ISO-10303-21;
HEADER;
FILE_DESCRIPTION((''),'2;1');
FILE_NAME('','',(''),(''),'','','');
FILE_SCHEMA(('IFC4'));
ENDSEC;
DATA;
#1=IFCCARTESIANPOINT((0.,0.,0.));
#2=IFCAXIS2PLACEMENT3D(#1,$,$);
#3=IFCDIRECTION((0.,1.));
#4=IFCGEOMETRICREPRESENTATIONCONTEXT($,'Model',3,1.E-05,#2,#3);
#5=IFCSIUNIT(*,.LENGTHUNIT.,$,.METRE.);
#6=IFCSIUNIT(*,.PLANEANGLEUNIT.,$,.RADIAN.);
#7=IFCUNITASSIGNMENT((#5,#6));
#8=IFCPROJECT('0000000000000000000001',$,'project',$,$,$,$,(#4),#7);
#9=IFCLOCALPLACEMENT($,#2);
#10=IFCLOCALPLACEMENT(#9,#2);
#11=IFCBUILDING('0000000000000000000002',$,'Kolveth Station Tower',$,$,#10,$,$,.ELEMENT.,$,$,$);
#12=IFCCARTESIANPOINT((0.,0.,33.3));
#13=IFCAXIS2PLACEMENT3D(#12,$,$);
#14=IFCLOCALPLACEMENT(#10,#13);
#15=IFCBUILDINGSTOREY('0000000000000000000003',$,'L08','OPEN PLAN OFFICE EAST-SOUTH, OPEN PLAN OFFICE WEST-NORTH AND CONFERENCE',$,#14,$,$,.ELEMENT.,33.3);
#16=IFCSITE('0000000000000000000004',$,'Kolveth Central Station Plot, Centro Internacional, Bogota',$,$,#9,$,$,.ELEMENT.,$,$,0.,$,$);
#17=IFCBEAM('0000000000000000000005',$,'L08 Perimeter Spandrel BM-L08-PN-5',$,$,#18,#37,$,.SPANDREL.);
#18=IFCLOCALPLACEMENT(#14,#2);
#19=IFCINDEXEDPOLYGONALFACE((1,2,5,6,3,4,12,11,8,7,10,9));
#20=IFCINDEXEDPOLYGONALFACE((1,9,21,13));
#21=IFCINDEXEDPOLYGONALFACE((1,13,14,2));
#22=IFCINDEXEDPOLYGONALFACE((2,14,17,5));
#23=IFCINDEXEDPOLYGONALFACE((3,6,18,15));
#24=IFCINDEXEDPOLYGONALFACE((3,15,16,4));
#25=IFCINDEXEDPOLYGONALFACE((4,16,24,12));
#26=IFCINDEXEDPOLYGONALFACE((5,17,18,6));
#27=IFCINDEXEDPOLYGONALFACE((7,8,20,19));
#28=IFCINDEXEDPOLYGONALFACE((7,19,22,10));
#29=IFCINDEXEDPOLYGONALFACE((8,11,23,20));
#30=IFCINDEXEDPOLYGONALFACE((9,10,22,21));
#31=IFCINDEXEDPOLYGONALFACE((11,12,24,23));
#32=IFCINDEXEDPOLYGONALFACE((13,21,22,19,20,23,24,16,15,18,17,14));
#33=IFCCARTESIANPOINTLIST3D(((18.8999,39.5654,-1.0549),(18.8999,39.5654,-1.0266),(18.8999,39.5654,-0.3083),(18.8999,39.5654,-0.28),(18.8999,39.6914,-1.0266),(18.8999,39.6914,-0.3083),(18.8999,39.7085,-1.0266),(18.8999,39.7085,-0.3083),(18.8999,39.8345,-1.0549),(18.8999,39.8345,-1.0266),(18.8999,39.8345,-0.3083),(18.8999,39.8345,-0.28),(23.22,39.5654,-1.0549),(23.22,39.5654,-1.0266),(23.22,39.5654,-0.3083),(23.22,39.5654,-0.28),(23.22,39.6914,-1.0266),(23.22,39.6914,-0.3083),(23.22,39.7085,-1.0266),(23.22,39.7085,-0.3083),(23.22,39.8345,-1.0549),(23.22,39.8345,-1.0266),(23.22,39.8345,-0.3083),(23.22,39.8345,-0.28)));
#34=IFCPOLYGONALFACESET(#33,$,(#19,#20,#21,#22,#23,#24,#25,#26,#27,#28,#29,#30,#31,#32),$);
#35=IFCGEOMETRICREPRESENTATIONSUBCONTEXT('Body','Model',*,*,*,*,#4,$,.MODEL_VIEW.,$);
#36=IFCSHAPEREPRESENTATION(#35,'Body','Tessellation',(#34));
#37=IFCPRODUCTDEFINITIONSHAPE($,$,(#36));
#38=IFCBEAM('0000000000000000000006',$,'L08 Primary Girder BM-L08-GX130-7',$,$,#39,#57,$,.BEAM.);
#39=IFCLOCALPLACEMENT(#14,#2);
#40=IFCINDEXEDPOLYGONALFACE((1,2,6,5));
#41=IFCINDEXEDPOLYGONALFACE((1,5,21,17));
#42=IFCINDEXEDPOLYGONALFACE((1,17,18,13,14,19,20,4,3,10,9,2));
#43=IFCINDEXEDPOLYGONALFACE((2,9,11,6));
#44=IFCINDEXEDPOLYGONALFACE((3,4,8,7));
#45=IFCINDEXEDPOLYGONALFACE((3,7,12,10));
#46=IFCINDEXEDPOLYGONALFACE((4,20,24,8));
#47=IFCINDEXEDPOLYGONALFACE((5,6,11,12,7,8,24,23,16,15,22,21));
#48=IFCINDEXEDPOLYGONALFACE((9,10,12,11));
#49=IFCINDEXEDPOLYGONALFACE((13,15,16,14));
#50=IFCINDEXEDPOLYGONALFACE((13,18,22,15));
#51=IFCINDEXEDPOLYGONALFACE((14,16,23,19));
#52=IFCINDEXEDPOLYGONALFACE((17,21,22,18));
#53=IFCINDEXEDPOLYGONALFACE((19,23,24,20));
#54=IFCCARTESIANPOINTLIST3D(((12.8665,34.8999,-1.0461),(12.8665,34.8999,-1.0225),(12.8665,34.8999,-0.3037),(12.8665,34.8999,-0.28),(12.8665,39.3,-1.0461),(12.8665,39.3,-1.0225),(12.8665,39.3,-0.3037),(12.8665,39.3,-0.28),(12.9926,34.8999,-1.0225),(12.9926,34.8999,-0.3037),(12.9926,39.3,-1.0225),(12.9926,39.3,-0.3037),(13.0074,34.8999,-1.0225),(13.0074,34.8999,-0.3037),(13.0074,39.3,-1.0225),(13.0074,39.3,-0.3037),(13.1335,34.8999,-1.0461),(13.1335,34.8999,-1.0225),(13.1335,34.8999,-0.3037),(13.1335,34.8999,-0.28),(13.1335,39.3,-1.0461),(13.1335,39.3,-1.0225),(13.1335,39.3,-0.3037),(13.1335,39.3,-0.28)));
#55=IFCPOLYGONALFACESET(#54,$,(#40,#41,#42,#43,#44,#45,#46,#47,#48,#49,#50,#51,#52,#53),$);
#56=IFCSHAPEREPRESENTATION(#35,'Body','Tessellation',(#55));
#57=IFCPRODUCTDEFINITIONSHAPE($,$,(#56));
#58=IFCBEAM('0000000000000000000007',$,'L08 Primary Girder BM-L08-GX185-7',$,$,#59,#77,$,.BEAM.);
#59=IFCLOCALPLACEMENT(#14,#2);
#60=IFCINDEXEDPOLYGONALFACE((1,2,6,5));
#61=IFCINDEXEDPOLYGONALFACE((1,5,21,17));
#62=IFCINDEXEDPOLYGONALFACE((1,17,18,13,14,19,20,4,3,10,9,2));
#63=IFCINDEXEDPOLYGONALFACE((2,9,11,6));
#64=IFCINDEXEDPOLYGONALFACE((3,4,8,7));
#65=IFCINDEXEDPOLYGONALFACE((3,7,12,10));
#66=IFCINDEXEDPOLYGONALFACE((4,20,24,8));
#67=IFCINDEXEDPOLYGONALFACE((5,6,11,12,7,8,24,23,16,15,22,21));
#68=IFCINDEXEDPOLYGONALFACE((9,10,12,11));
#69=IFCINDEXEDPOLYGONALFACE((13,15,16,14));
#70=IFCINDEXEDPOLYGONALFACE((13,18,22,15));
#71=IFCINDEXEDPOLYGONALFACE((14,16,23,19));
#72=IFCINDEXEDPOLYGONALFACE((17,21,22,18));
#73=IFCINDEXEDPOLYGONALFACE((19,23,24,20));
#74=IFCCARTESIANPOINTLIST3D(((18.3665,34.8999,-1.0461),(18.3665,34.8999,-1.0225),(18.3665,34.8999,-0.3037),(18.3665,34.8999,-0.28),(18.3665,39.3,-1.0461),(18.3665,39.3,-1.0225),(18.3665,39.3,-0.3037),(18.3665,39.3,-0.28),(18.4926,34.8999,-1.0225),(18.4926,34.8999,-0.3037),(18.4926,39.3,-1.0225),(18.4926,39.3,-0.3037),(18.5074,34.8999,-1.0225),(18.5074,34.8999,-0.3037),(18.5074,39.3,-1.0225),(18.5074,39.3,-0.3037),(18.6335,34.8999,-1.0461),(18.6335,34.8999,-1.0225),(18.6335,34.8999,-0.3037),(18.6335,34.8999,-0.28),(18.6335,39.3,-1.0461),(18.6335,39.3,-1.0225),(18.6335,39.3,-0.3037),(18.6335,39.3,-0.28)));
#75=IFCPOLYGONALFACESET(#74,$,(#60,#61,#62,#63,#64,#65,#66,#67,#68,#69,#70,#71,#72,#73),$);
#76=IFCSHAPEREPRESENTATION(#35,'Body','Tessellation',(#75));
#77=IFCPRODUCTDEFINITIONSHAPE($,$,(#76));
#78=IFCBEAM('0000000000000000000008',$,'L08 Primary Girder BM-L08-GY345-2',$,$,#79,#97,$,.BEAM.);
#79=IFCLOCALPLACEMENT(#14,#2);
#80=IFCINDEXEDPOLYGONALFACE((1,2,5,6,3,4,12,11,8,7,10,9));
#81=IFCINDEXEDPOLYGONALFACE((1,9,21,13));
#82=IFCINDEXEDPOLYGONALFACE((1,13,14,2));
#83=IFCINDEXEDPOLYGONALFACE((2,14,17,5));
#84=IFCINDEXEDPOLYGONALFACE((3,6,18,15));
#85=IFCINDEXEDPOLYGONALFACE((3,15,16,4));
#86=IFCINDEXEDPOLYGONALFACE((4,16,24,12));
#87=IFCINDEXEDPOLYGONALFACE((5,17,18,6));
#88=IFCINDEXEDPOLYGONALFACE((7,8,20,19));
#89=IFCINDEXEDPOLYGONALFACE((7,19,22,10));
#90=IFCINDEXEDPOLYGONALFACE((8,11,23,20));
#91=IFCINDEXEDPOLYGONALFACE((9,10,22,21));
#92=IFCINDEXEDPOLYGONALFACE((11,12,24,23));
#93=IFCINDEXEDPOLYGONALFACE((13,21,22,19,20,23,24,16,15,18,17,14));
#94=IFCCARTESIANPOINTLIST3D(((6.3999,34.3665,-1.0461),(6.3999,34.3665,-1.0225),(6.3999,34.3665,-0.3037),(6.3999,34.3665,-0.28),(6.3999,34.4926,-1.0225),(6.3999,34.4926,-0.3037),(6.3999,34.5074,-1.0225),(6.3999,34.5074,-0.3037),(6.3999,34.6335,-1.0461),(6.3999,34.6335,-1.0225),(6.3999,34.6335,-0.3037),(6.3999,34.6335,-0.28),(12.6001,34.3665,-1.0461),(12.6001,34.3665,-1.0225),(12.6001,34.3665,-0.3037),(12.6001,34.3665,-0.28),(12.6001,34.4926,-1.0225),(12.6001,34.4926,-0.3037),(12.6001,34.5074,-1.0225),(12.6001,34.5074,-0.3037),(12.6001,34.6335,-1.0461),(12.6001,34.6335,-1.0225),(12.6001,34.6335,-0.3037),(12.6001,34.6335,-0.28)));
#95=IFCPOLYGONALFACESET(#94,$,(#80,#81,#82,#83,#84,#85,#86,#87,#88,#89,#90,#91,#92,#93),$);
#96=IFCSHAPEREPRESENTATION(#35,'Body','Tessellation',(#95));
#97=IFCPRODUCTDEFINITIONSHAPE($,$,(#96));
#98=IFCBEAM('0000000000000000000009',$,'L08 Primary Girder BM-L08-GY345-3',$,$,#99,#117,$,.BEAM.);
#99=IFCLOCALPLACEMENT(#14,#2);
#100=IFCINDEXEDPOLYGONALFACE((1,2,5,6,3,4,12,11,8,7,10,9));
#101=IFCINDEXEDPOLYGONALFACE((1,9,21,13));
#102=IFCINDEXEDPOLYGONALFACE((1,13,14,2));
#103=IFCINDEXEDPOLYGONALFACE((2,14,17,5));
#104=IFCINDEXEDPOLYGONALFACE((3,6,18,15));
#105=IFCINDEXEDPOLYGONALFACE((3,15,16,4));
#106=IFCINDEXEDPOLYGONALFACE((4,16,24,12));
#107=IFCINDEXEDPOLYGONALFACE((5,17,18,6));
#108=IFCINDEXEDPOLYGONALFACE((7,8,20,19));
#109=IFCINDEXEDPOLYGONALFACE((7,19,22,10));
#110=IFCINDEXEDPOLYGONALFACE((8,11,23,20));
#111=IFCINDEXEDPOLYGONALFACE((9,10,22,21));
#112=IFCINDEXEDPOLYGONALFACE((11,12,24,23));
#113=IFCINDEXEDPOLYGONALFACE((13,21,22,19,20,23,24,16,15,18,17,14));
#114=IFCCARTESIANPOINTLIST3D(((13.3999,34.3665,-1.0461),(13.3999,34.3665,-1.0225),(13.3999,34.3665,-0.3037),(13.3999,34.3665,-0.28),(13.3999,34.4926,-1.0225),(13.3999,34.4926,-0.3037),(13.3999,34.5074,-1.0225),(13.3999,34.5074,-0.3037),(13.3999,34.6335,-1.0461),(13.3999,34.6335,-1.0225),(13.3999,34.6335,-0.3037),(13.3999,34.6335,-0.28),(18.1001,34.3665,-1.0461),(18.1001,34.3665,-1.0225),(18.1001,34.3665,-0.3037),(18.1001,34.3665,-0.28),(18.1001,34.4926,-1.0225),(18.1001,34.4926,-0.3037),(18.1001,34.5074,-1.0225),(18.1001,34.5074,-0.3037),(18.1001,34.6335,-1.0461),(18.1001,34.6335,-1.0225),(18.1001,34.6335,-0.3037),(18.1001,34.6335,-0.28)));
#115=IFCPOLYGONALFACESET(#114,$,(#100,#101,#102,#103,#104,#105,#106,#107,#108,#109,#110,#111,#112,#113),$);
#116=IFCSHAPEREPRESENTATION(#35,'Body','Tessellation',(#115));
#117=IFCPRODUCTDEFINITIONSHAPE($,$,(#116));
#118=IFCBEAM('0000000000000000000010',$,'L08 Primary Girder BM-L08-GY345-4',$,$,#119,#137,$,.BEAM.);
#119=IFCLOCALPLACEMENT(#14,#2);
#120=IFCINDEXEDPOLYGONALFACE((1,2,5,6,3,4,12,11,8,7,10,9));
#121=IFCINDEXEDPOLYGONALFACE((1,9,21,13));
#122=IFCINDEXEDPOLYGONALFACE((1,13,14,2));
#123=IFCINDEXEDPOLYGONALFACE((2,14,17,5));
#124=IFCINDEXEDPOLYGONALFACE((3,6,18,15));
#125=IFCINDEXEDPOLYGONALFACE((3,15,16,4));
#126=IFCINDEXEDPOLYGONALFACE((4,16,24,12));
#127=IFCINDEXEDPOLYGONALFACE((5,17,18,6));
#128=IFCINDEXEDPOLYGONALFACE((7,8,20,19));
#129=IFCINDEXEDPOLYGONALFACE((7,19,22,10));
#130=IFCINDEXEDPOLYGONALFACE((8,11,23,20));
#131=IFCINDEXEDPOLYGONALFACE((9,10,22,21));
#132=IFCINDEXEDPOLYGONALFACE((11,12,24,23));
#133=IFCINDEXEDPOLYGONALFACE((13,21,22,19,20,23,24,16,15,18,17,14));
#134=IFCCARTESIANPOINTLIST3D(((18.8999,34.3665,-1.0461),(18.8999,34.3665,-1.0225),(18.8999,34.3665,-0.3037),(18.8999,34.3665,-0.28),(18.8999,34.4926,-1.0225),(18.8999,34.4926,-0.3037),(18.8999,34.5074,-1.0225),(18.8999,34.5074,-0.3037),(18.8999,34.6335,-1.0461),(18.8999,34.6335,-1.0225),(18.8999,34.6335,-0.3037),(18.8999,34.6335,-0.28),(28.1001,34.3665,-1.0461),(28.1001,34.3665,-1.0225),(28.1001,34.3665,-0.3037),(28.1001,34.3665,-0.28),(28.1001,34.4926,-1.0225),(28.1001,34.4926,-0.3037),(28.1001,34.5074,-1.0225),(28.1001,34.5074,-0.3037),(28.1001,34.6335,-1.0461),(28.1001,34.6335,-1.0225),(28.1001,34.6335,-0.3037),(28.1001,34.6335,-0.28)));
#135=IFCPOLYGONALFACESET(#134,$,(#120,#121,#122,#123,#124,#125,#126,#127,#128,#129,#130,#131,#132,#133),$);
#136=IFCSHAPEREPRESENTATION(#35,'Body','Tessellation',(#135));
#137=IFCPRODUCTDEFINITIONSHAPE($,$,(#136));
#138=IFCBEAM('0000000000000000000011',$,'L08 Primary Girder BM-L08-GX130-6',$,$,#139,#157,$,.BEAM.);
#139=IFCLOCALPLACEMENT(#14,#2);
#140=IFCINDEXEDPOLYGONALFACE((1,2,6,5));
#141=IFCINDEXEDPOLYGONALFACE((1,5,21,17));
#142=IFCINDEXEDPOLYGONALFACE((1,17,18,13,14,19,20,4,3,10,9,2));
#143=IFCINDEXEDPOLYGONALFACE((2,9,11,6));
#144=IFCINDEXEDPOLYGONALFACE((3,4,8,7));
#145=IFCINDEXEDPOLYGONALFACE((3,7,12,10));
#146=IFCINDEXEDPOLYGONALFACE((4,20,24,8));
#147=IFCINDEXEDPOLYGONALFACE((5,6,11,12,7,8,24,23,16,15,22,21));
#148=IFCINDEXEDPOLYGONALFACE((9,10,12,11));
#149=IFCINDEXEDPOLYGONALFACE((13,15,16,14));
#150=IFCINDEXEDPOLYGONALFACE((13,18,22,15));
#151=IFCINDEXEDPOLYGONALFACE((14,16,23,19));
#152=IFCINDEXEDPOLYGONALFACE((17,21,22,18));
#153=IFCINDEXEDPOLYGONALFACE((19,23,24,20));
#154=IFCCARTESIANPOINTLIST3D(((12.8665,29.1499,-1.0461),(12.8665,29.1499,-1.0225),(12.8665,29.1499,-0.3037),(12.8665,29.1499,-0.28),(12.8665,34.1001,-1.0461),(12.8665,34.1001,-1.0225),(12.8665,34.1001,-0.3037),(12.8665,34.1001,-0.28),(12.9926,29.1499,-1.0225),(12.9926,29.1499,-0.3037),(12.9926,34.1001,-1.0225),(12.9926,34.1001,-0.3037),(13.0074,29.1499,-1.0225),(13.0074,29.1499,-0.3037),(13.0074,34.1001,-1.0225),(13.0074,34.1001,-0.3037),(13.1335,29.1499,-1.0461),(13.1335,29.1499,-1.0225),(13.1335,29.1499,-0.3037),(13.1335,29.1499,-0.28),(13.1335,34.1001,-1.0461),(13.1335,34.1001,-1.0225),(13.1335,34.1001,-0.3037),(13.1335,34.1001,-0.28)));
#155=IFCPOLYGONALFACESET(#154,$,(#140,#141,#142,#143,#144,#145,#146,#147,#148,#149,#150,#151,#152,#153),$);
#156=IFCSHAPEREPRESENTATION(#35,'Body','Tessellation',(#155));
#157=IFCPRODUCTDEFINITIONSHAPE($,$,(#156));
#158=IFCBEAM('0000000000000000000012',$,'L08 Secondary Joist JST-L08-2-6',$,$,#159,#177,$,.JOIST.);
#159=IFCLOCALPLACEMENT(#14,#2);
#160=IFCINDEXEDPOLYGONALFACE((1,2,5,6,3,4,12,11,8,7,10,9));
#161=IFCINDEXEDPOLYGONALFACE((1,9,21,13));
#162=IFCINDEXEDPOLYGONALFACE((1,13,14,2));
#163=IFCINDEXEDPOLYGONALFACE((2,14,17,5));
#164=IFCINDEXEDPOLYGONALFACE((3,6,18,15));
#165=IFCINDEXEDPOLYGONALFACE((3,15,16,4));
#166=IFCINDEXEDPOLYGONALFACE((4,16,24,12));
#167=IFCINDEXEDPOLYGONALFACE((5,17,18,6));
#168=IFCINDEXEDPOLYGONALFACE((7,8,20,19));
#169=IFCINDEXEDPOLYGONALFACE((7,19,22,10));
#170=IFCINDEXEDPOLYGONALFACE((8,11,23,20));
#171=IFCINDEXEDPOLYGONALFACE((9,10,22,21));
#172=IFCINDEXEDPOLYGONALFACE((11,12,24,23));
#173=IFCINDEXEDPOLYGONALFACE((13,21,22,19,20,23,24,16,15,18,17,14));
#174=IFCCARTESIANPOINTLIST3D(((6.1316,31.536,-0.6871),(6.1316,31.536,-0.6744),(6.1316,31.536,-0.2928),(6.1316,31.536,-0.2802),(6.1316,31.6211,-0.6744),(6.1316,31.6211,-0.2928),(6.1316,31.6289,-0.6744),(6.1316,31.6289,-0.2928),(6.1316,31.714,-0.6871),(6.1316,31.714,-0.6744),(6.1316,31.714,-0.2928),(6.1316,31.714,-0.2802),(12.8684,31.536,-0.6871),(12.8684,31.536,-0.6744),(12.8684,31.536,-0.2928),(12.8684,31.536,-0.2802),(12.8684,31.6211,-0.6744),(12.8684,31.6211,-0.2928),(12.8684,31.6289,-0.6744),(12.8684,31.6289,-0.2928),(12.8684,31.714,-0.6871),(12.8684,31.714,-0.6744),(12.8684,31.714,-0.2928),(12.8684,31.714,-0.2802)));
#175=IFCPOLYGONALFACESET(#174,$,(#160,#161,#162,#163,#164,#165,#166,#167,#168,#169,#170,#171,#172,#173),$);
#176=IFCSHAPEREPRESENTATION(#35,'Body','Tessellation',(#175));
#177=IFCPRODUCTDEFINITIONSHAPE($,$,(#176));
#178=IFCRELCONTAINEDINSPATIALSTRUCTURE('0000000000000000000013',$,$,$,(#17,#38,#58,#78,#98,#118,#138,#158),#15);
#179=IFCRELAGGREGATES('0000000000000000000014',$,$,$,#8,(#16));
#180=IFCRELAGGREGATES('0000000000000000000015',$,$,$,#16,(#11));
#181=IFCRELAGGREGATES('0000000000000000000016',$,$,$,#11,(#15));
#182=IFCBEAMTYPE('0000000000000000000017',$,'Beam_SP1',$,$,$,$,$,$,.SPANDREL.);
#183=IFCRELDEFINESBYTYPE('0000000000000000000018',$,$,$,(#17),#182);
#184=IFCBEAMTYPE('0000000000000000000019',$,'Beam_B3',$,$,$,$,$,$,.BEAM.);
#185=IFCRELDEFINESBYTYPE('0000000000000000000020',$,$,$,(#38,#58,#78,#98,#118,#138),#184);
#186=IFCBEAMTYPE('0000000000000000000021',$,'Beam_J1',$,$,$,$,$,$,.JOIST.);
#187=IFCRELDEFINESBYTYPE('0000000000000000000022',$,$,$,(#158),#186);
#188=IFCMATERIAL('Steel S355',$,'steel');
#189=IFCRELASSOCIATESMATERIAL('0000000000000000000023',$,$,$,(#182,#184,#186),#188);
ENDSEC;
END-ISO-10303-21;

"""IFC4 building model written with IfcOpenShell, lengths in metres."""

from ifc_helpers import new_model, si_unit, direction, frame, origin, origin_2d, place, context, subcontext, project, spatial, i_section, extrude, source, transform, mapped, material, material_profile, profile_set, type_object, element, save


model = new_model("IFC4")

# Units and contexts
model_context = context("Model", 3, precision=1e-05, world=origin(), true_north=direction((0.0, 1.0)))
body_context = subcontext(model_context, "Body", "Model", "MODEL_VIEW")
ifc_project = project(units=[si_unit("LENGTHUNIT", "METRE"), si_unit("PLANEANGLEUNIT", "RADIAN")], contexts=[model_context])

# Site, building, storey
site_placement = place(None, origin())
site = spatial("IfcSite", under=ifc_project, at=site_placement, Name="Kolveth Central Station Plot, Centro Internacional, Bogota", CompositionType="ELEMENT", RefElevation=0.0)
building_placement = place(site_placement, origin())
building = spatial("IfcBuilding", under=site, at=building_placement, Name="Kolveth Station Tower", CompositionType="ELEMENT")
storey_placement = place(building_placement, frame((0.0, 0.0, 33.3)))
storey = spatial("IfcBuildingStorey", under=building, at=storey_placement, Name="L08", Description="OPEN PLAN OFFICE EAST-SOUTH, OPEN PLAN OFFICE WEST-NORTH AND CONFERENCE", CompositionType="ELEMENT", Elevation=33.3)

# Shared definitions
ifc_material_1 = material(Name="Steel S355", Category="steel")

# Beams
ifc_material_profile_1 = material_profile(ifc_material_1, i_section(OverallWidth=0.269, OverallDepth=0.7749, WebThickness=0.0171, FlangeThickness=0.0283, at=origin_2d()), Name="W760x220")
ifc_profile_set_1 = profile_set([ifc_material_profile_1], Name="Steel S355")
beam_type_1 = type_object("IfcBeamType", Name="Beam_SP1", PredefinedType="SPANDREL", material=ifc_profile_set_1)
shared_shape_1 = source(origin(), body_context, "Body", "SweptSolid", [
    extrude(i_section(OverallWidth=0.269, OverallDepth=0.7749, WebThickness=0.0171, FlangeThickness=0.0283, at=origin_2d()), origin(), (0.0, 0.0, 1.0), 4.3201),
])
beam_1_placement = place(storey_placement, frame((18.8999, 39.7, -0.6675), z_axis=(1.0, 0.0, 0.0), x_axis=(0.0, 1.0, 0.0)))
element("IfcBeam", 1, at=beam_1_placement, inside=storey, type_object=beam_type_1, Name="L08 Perimeter Spandrel BM-L08-PN-5", PredefinedType="SPANDREL", context=body_context, shape_type="MappedRepresentation", body=[
    mapped(shared_shape_1, transform((0.0, 0.0, 0.0), x_axis=(1.0, 0.0, 0.0), y_axis=(0.0, 1.0, 0.0), z_axis=(0.0, 0.0, 1.0), scale=1.0)),
])
ifc_material_profile_2 = material_profile(ifc_material_1, i_section(OverallWidth=0.2671, OverallDepth=0.7661, WebThickness=0.0149, FlangeThickness=0.0237, at=origin_2d()), Name="W760x185")
ifc_profile_set_2 = profile_set([ifc_material_profile_2], Name="Steel S355")
beam_type_2 = type_object("IfcBeamType", Name="Beam_B3", PredefinedType="BEAM", material=ifc_profile_set_2)
shared_shape_2 = source(origin(), body_context, "Body", "SweptSolid", [
    extrude(i_section(OverallWidth=0.2671, OverallDepth=0.7661, WebThickness=0.0149, FlangeThickness=0.0237, at=origin_2d()), origin(), (0.0, 0.0, 1.0), 4.4001),
])
for number, where, z_axis, x_axis, name in (
    (2, (13.0, 34.8999, -0.6631), (0.0, 1.0, 0.0), (-1.0, 0.0, 0.0), "L08 Primary Girder BM-L08-GX130-7"),
    (3, (18.5, 34.8999, -0.6631), (0.0, 1.0, 0.0), (-1.0, 0.0, 0.0), "L08 Primary Girder BM-L08-GX185-7"),
):
    element("IfcBeam", number, at=place(storey_placement, frame(where, z_axis=z_axis, x_axis=x_axis)), inside=storey, type_object=beam_type_2, Name=name, PredefinedType="BEAM", context=body_context, shape_type="MappedRepresentation", body=[
        mapped(shared_shape_2, transform((0.0, 0.0, 0.0), x_axis=(1.0, 0.0, 0.0), y_axis=(0.0, 1.0, 0.0), z_axis=(0.0, 0.0, 1.0), scale=1.0)),
    ])
shared_shape_3 = source(origin(), body_context, "Body", "SweptSolid", [
    extrude(i_section(OverallWidth=0.2671, OverallDepth=0.7661, WebThickness=0.0149, FlangeThickness=0.0237, at=origin_2d()), origin(), (0.0, 0.0, 1.0), 6.2002),
])
beam_2_placement = place(storey_placement, frame((6.3999, 34.5, -0.6631), z_axis=(1.0, 0.0, 0.0), x_axis=(0.0, 1.0, 0.0)))
element("IfcBeam", 4, at=beam_2_placement, inside=storey, type_object=beam_type_2, Name="L08 Primary Girder BM-L08-GY345-2", PredefinedType="BEAM", context=body_context, shape_type="MappedRepresentation", body=[
    mapped(shared_shape_3, transform((0.0, 0.0, 0.0), x_axis=(1.0, 0.0, 0.0), y_axis=(0.0, 1.0, 0.0), z_axis=(0.0, 0.0, 1.0), scale=1.0)),
])
shared_shape_4 = source(origin(), body_context, "Body", "SweptSolid", [
    extrude(i_section(OverallWidth=0.2671, OverallDepth=0.7661, WebThickness=0.0149, FlangeThickness=0.0237, at=origin_2d()), origin(), (0.0, 0.0, 1.0), 4.7002),
])
beam_3_placement = place(storey_placement, frame((13.3999, 34.5, -0.6631), z_axis=(1.0, 0.0, 0.0), x_axis=(0.0, 1.0, 0.0)))
element("IfcBeam", 5, at=beam_3_placement, inside=storey, type_object=beam_type_2, Name="L08 Primary Girder BM-L08-GY345-3", PredefinedType="BEAM", context=body_context, shape_type="MappedRepresentation", body=[
    mapped(shared_shape_4, transform((0.0, 0.0, 0.0), x_axis=(1.0, 0.0, 0.0), y_axis=(0.0, 1.0, 0.0), z_axis=(0.0, 0.0, 1.0), scale=1.0)),
])
shared_shape_5 = source(origin(), body_context, "Body", "SweptSolid", [
    extrude(i_section(OverallWidth=0.2671, OverallDepth=0.7661, WebThickness=0.0149, FlangeThickness=0.0237, at=origin_2d()), origin(), (0.0, 0.0, 1.0), 9.2002),
])
beam_4_placement = place(storey_placement, frame((18.8999, 34.5, -0.6631), z_axis=(1.0, 0.0, 0.0), x_axis=(0.0, 1.0, 0.0)))
element("IfcBeam", 6, at=beam_4_placement, inside=storey, type_object=beam_type_2, Name="L08 Primary Girder BM-L08-GY345-4", PredefinedType="BEAM", context=body_context, shape_type="MappedRepresentation", body=[
    mapped(shared_shape_5, transform((0.0, 0.0, 0.0), x_axis=(1.0, 0.0, 0.0), y_axis=(0.0, 1.0, 0.0), z_axis=(0.0, 0.0, 1.0), scale=1.0)),
])
shared_shape_6 = source(origin(), body_context, "Body", "SweptSolid", [
    extrude(i_section(OverallWidth=0.2671, OverallDepth=0.7661, WebThickness=0.0149, FlangeThickness=0.0237, at=origin_2d()), origin(), (0.0, 0.0, 1.0), 4.9502),
])
beam_5_placement = place(storey_placement, frame((13.0, 29.1499, -0.6631), z_axis=(0.0, 1.0, 0.0), x_axis=(-1.0, 0.0, 0.0)))
element("IfcBeam", 7, at=beam_5_placement, inside=storey, type_object=beam_type_2, Name="L08 Primary Girder BM-L08-GX130-6", PredefinedType="BEAM", context=body_context, shape_type="MappedRepresentation", body=[
    mapped(shared_shape_6, transform((0.0, 0.0, 0.0), x_axis=(1.0, 0.0, 0.0), y_axis=(0.0, 1.0, 0.0), z_axis=(0.0, 0.0, 1.0), scale=1.0)),
])
ifc_material_profile_3 = material_profile(ifc_material_1, i_section(OverallWidth=0.178, OverallDepth=0.407, WebThickness=0.0078, FlangeThickness=0.0127, at=origin_2d()), Name="W410x60")
ifc_profile_set_3 = profile_set([ifc_material_profile_3], Name="Steel S355")
beam_type_3 = type_object("IfcBeamType", Name="Beam_J1", PredefinedType="JOIST", material=ifc_profile_set_3)
shared_shape_7 = source(origin(), body_context, "Body", "SweptSolid", [
    extrude(i_section(OverallWidth=0.178, OverallDepth=0.407, WebThickness=0.0078, FlangeThickness=0.0127, at=origin_2d()), origin(), (0.0, 0.0, 1.0), 6.7368),
])
for number, where, z_axis, x_axis, name in (
    (8, (6.1316, 31.625, -0.4836), (1.0, 0.0, 0.0), (0.0, 1.0, 0.0), "L08 Secondary Joist JST-L08-2-6"),
):
    element("IfcBeam", number, at=place(storey_placement, frame(where, z_axis=z_axis, x_axis=x_axis)), inside=storey, type_object=beam_type_3, Name=name, PredefinedType="JOIST", context=body_context, shape_type="MappedRepresentation", body=[
        mapped(shared_shape_7, transform((0.0, 0.0, 0.0), x_axis=(1.0, 0.0, 0.0), y_axis=(0.0, 1.0, 0.0), z_axis=(0.0, 0.0, 1.0), scale=1.0)),
    ])

save(model, "model.ifc")
